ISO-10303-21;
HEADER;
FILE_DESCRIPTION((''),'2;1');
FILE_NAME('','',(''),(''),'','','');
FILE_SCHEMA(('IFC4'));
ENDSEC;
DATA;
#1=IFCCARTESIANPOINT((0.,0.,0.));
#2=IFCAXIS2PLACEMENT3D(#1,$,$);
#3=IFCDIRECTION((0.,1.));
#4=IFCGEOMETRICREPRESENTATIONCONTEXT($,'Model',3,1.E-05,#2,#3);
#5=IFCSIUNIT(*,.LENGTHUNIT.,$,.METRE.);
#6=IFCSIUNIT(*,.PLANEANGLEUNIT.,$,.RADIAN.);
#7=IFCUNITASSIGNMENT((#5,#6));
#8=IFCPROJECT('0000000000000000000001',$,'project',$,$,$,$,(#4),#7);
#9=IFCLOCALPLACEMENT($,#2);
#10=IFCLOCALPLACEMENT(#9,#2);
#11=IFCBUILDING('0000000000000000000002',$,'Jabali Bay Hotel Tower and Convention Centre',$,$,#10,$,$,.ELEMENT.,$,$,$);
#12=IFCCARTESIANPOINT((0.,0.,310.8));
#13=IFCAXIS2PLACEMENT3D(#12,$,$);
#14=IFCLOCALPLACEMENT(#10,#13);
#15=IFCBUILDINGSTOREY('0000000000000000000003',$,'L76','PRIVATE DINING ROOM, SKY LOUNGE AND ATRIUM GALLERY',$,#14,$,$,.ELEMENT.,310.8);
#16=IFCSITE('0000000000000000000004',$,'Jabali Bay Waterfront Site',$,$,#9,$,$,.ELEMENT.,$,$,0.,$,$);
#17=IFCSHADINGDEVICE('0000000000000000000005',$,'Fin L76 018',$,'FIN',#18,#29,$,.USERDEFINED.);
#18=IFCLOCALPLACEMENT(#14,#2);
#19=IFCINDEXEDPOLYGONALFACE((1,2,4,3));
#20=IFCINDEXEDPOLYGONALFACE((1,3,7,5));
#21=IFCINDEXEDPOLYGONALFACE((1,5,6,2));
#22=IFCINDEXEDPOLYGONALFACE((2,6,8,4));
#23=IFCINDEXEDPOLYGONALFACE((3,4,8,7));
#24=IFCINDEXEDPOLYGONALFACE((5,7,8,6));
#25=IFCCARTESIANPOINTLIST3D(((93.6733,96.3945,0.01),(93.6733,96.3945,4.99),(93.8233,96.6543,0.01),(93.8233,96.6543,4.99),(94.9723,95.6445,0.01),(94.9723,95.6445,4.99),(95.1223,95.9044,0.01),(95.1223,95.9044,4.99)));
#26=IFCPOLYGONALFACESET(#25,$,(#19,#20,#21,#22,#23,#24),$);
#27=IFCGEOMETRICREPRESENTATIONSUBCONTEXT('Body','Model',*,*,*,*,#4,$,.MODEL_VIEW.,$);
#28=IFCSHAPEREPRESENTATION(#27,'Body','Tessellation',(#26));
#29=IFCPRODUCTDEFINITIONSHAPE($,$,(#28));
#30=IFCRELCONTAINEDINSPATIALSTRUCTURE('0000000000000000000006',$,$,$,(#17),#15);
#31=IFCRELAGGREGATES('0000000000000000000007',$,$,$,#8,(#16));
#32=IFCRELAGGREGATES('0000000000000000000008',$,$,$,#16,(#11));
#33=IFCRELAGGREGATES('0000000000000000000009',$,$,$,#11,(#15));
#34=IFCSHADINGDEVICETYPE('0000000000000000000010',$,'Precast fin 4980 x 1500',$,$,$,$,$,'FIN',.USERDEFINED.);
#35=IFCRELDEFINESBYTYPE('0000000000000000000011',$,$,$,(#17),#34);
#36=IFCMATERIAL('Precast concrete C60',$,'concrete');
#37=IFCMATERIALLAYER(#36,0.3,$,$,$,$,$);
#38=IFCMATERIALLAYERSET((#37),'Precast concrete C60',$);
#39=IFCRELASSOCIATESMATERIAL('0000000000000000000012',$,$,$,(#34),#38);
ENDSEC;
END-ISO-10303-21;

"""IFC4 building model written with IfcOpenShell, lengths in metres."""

from ifc_helpers import new_model, si_unit, direction, frame, frame_2d, origin, place, context, subcontext, project, spatial, rectangle, extrude, material, layer, layer_set, type_object, element, save


model = new_model("IFC4")

# Units and contexts
model_context = context("Model", 3, precision=1e-05, world=origin(), true_north=direction((0.0, 1.0)))
body_context = subcontext(model_context, "Body", "Model", "MODEL_VIEW")
ifc_project = project(units=[si_unit("LENGTHUNIT", "METRE"), si_unit("PLANEANGLEUNIT", "RADIAN")], contexts=[model_context])

# Site, building, storey
site_placement = place(None, origin())
site = spatial("IfcSite", under=ifc_project, at=site_placement, Name="Jabali Bay Waterfront Site", CompositionType="ELEMENT", RefElevation=0.0)
building_placement = place(site_placement, origin())
building = spatial("IfcBuilding", under=site, at=building_placement, Name="Jabali Bay Hotel Tower and Convention Centre", CompositionType="ELEMENT")
storey_placement = place(building_placement, frame((0.0, 0.0, 310.8)))
storey = spatial("IfcBuildingStorey", under=building, at=storey_placement, Name="L76", Description="PRIVATE DINING ROOM, SKY LOUNGE AND ATRIUM GALLERY", CompositionType="ELEMENT", Elevation=310.8)

# Shading device
ifc_material_1 = material(Name="Precast concrete C60", Category="concrete")
ifc_layer_1 = layer(ifc_material_1, 0.3)
ifc_layer_set_1 = layer_set([ifc_layer_1], Name="Precast concrete C60")
shading_device_type = type_object("IfcShadingDeviceType", Name="Precast fin 4980 x 1500", ElementType="FIN", PredefinedType="USERDEFINED", material=ifc_layer_set_1)
for number, where, z_axis, x_axis, name in (
    (1, (93.7483, 96.5244, 0.01), (0.0, 0.0, 1.0), (0.866031, -0.49999, 0.0), "Fin L76 018"),
):
    element("IfcShadingDevice", number, at=place(storey_placement, frame(where, z_axis=z_axis, x_axis=x_axis)), inside=storey, type_object=shading_device_type, Name=name, ObjectType="FIN", PredefinedType="USERDEFINED", context=body_context, shape_type="SweptSolid", body=[
        extrude(rectangle(XDim=1.5, YDim=0.3, at=frame_2d((0.75, 0.0))), origin(), (0.0, 0.0, 1.0), 4.98),
    ])

save(model, "model.ifc")
